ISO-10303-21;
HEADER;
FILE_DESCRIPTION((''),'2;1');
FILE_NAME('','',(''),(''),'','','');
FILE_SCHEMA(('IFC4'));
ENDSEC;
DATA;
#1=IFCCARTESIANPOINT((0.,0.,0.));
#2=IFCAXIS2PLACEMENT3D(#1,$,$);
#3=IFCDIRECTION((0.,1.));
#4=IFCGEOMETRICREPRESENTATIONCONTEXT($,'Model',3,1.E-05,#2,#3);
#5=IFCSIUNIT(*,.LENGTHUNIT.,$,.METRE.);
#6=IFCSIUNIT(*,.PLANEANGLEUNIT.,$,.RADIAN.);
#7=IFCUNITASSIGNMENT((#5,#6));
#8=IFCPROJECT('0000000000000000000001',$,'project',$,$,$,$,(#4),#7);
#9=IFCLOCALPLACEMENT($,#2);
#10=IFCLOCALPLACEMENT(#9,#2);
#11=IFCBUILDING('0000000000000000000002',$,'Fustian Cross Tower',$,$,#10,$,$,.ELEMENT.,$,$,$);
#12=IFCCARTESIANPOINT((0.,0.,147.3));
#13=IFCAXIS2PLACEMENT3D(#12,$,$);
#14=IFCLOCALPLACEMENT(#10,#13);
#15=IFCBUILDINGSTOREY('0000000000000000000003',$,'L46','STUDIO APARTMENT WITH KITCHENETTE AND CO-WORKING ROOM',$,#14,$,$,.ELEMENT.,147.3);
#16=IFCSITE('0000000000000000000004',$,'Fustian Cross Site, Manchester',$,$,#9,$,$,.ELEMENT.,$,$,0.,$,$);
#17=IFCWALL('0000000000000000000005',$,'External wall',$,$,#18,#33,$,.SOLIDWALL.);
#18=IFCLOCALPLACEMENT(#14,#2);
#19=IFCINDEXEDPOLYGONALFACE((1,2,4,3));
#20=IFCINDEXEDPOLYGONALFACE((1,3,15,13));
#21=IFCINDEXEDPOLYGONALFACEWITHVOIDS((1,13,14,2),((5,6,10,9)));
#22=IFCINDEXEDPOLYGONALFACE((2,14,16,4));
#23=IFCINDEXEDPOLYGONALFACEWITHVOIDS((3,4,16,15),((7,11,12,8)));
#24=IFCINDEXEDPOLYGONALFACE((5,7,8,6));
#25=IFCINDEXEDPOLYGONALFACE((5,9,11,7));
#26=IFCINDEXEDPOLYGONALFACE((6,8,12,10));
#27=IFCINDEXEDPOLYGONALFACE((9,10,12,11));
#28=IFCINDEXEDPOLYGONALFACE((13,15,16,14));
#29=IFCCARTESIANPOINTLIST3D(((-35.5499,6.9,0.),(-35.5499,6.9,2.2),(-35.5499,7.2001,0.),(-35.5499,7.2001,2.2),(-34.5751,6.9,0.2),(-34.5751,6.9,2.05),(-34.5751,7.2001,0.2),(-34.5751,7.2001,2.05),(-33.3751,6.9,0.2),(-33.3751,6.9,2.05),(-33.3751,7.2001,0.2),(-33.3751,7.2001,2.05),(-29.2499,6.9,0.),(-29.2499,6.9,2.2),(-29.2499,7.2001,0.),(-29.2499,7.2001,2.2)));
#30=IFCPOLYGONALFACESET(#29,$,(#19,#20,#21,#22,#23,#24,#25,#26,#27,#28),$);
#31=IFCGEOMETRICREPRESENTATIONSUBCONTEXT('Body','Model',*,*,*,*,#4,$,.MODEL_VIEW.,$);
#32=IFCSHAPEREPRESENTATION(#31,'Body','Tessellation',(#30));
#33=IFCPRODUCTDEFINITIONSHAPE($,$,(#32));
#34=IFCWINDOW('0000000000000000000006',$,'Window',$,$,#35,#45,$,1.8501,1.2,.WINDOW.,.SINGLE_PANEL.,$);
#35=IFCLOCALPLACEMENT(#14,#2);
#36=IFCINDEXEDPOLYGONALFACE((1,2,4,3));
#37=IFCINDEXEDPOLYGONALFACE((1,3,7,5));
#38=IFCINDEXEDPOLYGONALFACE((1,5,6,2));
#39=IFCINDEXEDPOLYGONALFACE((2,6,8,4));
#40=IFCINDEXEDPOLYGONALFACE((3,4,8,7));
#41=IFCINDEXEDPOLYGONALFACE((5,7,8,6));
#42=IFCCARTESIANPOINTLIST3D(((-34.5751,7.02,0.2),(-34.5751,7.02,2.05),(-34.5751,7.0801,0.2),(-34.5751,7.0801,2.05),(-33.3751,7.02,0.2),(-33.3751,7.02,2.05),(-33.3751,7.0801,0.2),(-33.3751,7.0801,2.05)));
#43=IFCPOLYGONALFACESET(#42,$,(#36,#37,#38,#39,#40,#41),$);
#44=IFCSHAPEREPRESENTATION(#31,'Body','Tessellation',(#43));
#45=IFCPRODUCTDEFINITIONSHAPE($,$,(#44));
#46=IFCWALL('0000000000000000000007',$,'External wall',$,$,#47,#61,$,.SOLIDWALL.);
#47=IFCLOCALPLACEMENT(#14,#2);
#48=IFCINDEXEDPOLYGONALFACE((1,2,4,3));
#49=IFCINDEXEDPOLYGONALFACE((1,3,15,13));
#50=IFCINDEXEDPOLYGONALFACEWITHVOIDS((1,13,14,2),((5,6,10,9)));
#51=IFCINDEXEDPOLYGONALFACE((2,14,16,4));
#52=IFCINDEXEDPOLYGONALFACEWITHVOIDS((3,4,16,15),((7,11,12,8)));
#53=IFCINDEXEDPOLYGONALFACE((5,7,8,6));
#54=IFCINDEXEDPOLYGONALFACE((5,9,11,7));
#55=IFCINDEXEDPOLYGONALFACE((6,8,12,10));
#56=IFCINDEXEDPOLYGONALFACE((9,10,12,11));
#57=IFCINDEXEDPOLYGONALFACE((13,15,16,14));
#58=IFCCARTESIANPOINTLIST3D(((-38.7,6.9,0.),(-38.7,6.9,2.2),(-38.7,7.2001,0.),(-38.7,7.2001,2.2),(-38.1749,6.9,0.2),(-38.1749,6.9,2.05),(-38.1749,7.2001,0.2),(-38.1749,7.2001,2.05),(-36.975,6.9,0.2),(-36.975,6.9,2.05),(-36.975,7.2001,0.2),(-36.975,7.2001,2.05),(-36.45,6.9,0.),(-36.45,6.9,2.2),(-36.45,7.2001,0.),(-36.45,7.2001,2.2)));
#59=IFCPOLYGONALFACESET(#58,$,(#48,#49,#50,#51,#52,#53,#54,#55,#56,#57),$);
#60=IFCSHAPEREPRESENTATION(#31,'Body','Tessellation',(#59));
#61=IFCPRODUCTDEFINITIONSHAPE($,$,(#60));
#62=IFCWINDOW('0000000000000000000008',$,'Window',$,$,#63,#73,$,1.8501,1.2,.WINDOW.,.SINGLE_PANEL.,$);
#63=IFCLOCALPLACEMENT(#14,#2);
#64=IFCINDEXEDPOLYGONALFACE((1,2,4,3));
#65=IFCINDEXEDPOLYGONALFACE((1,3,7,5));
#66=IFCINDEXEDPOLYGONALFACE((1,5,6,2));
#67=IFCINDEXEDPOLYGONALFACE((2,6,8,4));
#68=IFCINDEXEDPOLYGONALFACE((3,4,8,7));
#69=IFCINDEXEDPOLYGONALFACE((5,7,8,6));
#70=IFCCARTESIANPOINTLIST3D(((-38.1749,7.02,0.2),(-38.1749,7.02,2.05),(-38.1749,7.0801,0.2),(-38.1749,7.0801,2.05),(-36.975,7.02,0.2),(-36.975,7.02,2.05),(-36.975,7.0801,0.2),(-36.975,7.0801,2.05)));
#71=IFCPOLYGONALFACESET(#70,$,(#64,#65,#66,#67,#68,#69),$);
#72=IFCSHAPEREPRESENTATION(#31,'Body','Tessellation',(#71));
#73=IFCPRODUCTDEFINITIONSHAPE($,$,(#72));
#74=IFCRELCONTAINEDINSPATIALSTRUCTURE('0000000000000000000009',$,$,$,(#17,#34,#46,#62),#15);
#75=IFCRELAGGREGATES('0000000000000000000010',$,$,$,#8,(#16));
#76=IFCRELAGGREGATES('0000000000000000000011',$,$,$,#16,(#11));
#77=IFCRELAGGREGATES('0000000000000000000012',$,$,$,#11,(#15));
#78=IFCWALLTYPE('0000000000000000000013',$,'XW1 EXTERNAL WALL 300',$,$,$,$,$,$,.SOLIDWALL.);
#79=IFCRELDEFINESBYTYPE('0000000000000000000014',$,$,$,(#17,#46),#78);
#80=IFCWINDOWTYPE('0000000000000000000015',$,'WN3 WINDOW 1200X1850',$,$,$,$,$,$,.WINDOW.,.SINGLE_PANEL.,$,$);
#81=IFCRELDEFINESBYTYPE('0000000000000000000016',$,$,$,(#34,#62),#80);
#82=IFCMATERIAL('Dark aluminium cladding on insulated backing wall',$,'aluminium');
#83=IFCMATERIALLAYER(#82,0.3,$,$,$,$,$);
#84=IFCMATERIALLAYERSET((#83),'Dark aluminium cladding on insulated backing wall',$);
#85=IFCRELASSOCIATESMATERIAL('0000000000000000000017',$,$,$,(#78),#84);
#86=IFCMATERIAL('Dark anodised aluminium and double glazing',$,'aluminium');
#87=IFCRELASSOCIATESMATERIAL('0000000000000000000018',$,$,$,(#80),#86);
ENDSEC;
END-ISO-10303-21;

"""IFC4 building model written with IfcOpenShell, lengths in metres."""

from ifc_helpers import new_model, si_unit, direction, frame, frame_2d, origin, place, context, subcontext, project, spatial, rectangle, extrude, material, layer, layer_set, type_object, element, fill, save


model = new_model("IFC4")

# Units and contexts
model_context = context("Model", 3, precision=1e-05, world=origin(), true_north=direction((0.0, 1.0)))
body_context = subcontext(model_context, "Body", "Model", "MODEL_VIEW")
ifc_project = project(units=[si_unit("LENGTHUNIT", "METRE"), si_unit("PLANEANGLEUNIT", "RADIAN")], contexts=[model_context])

# Site, building, storey
site_placement = place(None, origin())
site = spatial("IfcSite", under=ifc_project, at=site_placement, Name="Fustian Cross Site, Manchester", CompositionType="ELEMENT", RefElevation=0.0)
building_placement = place(site_placement, origin())
building = spatial("IfcBuilding", under=site, at=building_placement, Name="Fustian Cross Tower", CompositionType="ELEMENT")
storey_placement = place(building_placement, frame((0.0, 0.0, 147.3)))
storey = spatial("IfcBuildingStorey", under=building, at=storey_placement, Name="L46", Description="STUDIO APARTMENT WITH KITCHENETTE AND CO-WORKING ROOM", CompositionType="ELEMENT", Elevation=147.3)

# Walls, openings, windows
ifc_material_1 = material(Name="Dark aluminium cladding on insulated backing wall", Category="aluminium")
ifc_layer_1 = layer(ifc_material_1, 0.3)
ifc_layer_set_1 = layer_set([ifc_layer_1], Name="Dark aluminium cladding on insulated backing wall")
wall_type_1 = type_object("IfcWallType", Name="XW1 EXTERNAL WALL 300", PredefinedType="SOLIDWALL", material=ifc_layer_set_1)
wall_1_placement = place(storey_placement, frame((-29.25, 7.05, 0.0), z_axis=(0.0, 0.0, 1.0), x_axis=(-1.0, 0.0, 0.0)))
wall_1 = element("IfcWall", 1, at=wall_1_placement, inside=storey, type_object=wall_type_1, Name="External wall", PredefinedType="SOLIDWALL", context=body_context, shape_type="SweptSolid", body=[
    extrude(rectangle(XDim=6.3, YDim=0.3, at=frame_2d((3.1499, 0.0))), origin(), (0.0, 0.0, 1.0), 2.2),
])
opening_1_placement = place(wall_1_placement, frame((4.125, 0.0, 0.2)))
opening_1 = element("IfcOpeningElement", 2, at=opening_1_placement, cuts=wall_1, PredefinedType="OPENING", context=body_context, shape_type="SweptSolid", body=[
    extrude(rectangle(XDim=1.2, YDim=1.8501, at=frame_2d((0.6001, 0.925))), frame((0.0, 0.1599, 0.0), z_axis=(0.0, -1.0, 0.0), x_axis=(1.0, 0.0, 0.0)), (0.0, 0.0, 1.0), 0.3201),
])
ifc_material_2 = material(Name="Dark anodised aluminium and double glazing", Category="aluminium")
window_type = type_object("IfcWindowType", Name="WN3 WINDOW 1200X1850", PartitioningType="SINGLE_PANEL", PredefinedType="WINDOW", material=ifc_material_2)
window_1_placement = place(opening_1_placement, origin())
window_1 = element("IfcWindow", 3, at=window_1_placement, inside=storey, type_object=window_type, Name="Window", OverallHeight=1.8501, OverallWidth=1.2, PartitioningType="SINGLE_PANEL", PredefinedType="WINDOW", context=body_context, shape_type="SweptSolid", body=[
    extrude(rectangle(XDim=1.2, YDim=1.8501, at=frame_2d((0.6001, 0.925))), frame((0.0, 0.03, 0.0), z_axis=(0.0, -1.0, 0.0), x_axis=(1.0, 0.0, 0.0)), (0.0, 0.0, 1.0), 0.0601),
])
fill(opening_1, window_1)
wall_2_placement = place(storey_placement, frame((-36.45, 7.05, 0.0), z_axis=(0.0, 0.0, 1.0), x_axis=(-1.0, 0.0, 0.0)))
wall_2 = element("IfcWall", 4, at=wall_2_placement, inside=storey, type_object=wall_type_1, Name="External wall", PredefinedType="SOLIDWALL", context=body_context, shape_type="SweptSolid", body=[
    extrude(rectangle(XDim=2.25, YDim=0.3, at=frame_2d((1.125, 0.0))), origin(), (0.0, 0.0, 1.0), 2.2),
])
opening_2_placement = place(wall_2_placement, frame((0.5249, 0.0, 0.2)))
opening_2 = element("IfcOpeningElement", 5, at=opening_2_placement, cuts=wall_2, PredefinedType="OPENING", context=body_context, shape_type="SweptSolid", body=[
    extrude(rectangle(XDim=1.2, YDim=1.8501, at=frame_2d((0.6001, 0.925))), frame((0.0, 0.1599, 0.0), z_axis=(0.0, -1.0, 0.0), x_axis=(1.0, 0.0, 0.0)), (0.0, 0.0, 1.0), 0.3201),
])
window_2_placement = place(opening_2_placement, origin())
window_2 = element("IfcWindow", 6, at=window_2_placement, inside=storey, type_object=window_type, Name="Window", OverallHeight=1.8501, OverallWidth=1.2, PartitioningType="SINGLE_PANEL", PredefinedType="WINDOW", context=body_context, shape_type="SweptSolid", body=[
    extrude(rectangle(XDim=1.2, YDim=1.8501, at=frame_2d((0.6001, 0.925))), frame((0.0, 0.03, 0.0), z_axis=(0.0, -1.0, 0.0), x_axis=(1.0, 0.0, 0.0)), (0.0, 0.0, 1.0), 0.0601),
])
fill(opening_2, window_2)

save(model, "model.ifc")
